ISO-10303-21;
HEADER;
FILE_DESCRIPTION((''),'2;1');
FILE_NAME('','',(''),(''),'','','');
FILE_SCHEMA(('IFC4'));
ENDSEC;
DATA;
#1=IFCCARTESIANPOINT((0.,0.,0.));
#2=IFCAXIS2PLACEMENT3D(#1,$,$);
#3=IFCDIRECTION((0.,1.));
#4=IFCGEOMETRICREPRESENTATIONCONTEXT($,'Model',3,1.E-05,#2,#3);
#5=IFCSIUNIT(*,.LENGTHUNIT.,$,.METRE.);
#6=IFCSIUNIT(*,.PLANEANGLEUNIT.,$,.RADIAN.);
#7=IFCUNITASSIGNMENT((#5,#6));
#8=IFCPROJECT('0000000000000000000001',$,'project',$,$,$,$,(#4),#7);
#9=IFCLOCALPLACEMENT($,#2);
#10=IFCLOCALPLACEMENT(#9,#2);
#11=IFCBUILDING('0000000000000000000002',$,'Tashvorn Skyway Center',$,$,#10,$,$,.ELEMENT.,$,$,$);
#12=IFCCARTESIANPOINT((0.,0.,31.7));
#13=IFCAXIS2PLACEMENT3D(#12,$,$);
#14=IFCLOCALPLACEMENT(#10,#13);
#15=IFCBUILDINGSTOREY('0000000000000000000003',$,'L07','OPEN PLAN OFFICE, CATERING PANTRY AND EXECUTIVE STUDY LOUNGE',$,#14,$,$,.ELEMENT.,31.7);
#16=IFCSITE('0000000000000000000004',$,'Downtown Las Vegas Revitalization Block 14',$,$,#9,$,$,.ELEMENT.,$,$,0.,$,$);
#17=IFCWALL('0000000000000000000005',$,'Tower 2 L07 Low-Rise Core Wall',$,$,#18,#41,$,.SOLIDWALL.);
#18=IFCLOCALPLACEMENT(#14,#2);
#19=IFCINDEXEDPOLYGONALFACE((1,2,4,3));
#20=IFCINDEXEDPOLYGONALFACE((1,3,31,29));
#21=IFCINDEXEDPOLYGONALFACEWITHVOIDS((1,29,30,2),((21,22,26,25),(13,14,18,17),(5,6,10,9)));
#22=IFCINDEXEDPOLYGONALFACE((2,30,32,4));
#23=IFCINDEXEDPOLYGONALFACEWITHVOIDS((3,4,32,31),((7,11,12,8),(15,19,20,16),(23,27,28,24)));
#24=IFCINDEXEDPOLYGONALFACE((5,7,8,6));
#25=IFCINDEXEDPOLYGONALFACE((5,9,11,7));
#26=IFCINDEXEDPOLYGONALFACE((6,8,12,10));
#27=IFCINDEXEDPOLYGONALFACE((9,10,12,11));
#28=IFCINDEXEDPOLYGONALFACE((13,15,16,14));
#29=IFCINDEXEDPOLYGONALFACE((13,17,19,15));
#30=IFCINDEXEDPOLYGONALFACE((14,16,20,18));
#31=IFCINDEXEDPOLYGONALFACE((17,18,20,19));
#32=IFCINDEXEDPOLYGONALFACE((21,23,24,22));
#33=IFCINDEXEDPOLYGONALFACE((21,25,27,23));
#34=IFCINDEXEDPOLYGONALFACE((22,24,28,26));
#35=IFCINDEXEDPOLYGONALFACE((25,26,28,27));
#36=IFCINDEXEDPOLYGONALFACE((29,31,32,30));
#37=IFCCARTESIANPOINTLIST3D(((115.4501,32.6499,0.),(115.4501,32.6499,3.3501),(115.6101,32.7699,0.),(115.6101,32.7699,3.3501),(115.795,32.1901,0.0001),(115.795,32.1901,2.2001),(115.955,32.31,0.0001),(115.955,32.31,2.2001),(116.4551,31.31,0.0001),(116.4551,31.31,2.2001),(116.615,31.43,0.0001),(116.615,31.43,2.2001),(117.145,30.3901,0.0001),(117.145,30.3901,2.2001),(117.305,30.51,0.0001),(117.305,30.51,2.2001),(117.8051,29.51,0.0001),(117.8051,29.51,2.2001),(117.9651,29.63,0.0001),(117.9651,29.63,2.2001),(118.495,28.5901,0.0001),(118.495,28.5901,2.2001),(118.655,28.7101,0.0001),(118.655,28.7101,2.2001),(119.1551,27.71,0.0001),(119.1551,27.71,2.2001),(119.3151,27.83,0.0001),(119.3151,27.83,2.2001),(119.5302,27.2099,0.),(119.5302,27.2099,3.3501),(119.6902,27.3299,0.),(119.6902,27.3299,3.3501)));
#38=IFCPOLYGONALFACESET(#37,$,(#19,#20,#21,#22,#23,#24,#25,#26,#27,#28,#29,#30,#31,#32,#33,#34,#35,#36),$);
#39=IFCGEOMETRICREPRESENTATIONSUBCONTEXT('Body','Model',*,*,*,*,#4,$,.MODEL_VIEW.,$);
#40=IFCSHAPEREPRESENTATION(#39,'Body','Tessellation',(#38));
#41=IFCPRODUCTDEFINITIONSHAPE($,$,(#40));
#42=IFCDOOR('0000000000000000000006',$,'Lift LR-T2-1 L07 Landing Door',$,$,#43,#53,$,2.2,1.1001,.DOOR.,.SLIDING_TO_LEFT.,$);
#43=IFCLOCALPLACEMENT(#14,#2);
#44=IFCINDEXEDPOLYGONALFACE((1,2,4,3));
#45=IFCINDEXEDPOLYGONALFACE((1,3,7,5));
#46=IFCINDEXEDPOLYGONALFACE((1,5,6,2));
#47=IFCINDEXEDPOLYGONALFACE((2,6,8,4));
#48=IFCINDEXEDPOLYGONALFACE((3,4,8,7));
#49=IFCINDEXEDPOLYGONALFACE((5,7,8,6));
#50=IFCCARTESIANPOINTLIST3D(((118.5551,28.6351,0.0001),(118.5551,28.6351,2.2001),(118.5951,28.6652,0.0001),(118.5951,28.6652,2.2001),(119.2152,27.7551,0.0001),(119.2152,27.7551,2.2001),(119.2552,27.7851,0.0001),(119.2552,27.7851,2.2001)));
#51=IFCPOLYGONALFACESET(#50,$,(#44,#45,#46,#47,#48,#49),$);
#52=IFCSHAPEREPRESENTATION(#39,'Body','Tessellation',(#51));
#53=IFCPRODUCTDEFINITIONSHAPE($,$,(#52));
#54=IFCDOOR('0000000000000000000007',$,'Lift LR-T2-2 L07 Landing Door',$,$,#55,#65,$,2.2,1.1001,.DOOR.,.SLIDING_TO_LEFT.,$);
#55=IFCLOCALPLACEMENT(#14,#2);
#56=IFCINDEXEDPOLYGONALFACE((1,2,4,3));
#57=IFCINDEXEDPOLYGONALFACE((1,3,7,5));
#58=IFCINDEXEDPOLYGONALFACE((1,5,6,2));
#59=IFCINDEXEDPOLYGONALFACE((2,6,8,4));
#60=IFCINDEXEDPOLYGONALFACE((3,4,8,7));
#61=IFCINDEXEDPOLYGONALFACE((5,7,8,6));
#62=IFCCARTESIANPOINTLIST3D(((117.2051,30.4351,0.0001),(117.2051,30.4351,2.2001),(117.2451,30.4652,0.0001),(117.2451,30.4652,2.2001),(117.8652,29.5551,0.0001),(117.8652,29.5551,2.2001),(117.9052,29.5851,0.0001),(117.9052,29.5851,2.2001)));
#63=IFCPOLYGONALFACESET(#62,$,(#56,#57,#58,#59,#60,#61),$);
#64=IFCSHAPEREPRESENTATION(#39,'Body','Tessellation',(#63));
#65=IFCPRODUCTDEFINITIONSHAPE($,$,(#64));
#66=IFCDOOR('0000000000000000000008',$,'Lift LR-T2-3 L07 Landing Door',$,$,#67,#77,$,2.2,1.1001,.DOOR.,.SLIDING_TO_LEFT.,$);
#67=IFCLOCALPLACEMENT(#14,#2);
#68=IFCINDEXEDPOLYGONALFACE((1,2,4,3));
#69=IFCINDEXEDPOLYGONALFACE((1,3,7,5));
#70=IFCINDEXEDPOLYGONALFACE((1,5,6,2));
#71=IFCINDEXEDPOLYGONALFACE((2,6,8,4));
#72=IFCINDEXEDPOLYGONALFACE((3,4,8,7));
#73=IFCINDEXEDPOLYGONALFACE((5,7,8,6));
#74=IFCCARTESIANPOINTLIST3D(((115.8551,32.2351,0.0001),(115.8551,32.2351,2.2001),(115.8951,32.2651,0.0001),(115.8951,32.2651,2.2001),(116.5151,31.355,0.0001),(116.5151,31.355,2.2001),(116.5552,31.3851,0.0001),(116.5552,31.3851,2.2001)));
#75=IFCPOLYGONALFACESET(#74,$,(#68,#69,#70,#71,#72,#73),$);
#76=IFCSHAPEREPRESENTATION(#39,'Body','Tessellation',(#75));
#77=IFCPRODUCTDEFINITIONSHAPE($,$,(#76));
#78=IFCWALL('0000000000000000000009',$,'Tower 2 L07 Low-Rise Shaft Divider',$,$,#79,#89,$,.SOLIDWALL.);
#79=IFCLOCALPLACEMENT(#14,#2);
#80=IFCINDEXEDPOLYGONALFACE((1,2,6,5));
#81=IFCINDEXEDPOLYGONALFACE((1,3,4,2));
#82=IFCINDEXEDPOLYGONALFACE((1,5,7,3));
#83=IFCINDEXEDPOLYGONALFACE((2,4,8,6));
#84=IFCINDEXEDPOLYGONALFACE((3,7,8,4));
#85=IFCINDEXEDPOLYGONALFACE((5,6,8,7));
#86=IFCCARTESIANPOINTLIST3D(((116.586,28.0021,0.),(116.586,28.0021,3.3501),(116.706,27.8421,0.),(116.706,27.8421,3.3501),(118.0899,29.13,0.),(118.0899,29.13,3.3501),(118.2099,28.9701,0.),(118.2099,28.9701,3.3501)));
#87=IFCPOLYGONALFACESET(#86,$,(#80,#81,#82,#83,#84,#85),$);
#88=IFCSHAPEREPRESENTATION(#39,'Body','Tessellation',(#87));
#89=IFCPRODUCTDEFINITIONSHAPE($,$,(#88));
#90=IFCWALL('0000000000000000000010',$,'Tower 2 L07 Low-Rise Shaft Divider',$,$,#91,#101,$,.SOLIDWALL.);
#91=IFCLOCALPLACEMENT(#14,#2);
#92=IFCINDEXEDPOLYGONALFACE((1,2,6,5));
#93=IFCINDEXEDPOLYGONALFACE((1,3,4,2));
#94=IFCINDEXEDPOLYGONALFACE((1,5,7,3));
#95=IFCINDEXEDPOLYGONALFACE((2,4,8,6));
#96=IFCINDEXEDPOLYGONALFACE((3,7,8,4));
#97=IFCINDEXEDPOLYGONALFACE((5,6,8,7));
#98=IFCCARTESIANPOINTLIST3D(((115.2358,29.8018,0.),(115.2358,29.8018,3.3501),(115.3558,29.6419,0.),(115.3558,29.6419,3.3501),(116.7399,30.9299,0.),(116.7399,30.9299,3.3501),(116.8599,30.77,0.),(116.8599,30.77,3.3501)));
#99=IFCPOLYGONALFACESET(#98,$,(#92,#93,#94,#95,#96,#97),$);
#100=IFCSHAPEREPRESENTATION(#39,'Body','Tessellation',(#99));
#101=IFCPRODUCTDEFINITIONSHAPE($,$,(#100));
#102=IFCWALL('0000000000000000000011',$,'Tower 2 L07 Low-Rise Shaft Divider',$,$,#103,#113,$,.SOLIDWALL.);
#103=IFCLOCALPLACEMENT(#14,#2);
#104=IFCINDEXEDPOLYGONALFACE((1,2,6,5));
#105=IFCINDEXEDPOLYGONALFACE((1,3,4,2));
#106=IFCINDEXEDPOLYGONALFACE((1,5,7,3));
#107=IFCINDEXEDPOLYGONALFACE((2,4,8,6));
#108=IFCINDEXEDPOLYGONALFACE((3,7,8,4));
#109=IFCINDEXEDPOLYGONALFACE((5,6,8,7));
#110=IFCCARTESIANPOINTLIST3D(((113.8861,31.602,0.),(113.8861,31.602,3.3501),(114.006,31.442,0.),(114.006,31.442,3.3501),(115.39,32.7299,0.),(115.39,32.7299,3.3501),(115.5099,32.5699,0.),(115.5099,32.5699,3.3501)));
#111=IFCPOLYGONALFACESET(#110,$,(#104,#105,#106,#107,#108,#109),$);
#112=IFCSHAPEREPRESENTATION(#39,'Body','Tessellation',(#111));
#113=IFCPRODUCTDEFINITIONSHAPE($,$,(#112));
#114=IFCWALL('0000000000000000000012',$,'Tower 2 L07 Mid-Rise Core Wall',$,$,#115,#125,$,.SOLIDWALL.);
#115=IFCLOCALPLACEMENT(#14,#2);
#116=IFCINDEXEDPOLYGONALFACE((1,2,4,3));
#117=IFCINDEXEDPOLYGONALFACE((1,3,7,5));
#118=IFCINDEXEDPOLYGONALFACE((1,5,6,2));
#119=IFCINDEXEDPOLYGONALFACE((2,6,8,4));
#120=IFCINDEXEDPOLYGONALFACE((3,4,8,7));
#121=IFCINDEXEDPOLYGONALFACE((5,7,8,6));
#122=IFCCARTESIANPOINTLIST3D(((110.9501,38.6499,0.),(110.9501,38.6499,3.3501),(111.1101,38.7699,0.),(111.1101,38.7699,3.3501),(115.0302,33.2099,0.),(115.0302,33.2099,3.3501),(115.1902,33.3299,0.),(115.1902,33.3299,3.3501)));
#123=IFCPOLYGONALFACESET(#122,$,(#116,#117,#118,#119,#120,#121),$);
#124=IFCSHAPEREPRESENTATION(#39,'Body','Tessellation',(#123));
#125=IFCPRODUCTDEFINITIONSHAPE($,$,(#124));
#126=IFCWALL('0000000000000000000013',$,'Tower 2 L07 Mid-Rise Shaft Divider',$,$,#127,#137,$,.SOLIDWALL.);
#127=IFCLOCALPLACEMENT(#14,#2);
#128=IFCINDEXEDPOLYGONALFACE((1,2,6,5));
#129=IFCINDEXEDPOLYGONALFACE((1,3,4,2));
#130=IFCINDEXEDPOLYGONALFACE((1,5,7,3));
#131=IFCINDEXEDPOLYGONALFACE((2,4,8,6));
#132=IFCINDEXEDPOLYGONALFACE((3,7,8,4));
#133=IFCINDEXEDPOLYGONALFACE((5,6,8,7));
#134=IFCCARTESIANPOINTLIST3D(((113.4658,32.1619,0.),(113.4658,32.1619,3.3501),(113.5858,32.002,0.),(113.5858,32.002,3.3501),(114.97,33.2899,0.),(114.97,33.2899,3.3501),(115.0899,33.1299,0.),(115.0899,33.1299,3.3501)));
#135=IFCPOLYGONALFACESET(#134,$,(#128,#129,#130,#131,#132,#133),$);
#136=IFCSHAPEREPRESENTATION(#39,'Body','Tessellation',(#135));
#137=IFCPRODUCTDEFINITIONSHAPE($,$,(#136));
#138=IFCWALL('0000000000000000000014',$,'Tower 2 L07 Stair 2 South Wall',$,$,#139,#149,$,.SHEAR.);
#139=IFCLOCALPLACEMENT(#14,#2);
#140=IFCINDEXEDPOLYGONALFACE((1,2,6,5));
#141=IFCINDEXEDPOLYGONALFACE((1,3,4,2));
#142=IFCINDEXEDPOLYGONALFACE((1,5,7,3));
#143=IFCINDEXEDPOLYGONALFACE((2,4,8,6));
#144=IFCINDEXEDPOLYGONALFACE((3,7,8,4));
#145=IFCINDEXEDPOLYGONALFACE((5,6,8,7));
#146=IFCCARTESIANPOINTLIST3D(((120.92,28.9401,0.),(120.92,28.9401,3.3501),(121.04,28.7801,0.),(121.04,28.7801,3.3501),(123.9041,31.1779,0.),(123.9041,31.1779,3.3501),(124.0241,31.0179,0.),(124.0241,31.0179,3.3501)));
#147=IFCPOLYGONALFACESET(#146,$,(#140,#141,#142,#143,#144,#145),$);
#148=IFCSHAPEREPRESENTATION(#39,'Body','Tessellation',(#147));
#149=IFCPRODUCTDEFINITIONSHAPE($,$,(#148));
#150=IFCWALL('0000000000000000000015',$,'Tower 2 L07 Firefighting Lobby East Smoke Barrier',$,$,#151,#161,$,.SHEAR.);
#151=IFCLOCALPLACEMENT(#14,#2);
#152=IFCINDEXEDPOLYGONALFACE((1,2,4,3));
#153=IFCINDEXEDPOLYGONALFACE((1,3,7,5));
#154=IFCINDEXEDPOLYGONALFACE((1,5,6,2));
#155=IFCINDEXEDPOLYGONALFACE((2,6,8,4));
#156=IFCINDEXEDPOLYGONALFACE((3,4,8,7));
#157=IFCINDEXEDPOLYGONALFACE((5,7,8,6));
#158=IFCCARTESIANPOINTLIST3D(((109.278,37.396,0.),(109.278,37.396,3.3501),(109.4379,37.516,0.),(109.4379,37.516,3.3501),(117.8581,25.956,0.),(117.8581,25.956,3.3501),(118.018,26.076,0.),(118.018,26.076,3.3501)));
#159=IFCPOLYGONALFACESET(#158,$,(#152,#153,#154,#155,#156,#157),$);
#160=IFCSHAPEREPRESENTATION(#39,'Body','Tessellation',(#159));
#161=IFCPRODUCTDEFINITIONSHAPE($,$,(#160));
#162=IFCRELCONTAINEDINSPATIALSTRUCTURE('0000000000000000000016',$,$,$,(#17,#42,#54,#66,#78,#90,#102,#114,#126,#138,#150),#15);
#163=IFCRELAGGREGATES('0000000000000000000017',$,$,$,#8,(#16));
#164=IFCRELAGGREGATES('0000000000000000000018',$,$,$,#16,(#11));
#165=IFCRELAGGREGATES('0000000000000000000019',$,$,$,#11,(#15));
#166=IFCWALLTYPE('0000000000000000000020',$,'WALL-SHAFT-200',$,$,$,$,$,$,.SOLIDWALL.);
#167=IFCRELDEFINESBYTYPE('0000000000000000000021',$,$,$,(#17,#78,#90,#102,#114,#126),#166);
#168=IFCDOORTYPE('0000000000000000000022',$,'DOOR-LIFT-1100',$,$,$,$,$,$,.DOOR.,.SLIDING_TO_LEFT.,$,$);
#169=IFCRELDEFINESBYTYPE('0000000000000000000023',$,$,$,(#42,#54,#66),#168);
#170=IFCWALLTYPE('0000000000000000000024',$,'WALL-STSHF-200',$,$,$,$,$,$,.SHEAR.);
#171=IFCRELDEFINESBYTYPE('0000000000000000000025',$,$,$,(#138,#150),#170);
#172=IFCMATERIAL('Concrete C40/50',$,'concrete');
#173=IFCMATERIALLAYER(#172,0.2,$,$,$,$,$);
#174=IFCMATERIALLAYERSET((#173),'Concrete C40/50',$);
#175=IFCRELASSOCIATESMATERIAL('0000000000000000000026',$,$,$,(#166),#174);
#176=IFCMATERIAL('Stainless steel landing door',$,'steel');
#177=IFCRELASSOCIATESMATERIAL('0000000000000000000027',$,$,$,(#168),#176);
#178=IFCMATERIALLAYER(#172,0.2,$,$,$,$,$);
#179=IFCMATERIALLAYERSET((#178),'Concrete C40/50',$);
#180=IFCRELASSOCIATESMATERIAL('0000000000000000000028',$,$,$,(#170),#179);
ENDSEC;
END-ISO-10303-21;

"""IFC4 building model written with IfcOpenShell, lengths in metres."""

from ifc_helpers import new_model, si_unit, direction, frame, frame_2d, origin, place, context, subcontext, project, spatial, rectangle, extrude, material, layer, layer_set, type_object, element, fill, save


model = new_model("IFC4")

# Units and contexts
model_context = context("Model", 3, precision=1e-05, world=origin(), true_north=direction((0.0, 1.0)))
body_context = subcontext(model_context, "Body", "Model", "MODEL_VIEW")
ifc_project = project(units=[si_unit("LENGTHUNIT", "METRE"), si_unit("PLANEANGLEUNIT", "RADIAN")], contexts=[model_context])

# Site, building, storey
site_placement = place(None, origin())
site = spatial("IfcSite", under=ifc_project, at=site_placement, Name="Downtown Las Vegas Revitalization Block 14", CompositionType="ELEMENT", RefElevation=0.0)
building_placement = place(site_placement, origin())
building = spatial("IfcBuilding", under=site, at=building_placement, Name="Tashvorn Skyway Center", CompositionType="ELEMENT")
storey_placement = place(building_placement, frame((0.0, 0.0, 31.7)))
storey = spatial("IfcBuildingStorey", under=building, at=storey_placement, Name="L07", Description="OPEN PLAN OFFICE, CATERING PANTRY AND EXECUTIVE STUDY LOUNGE", CompositionType="ELEMENT", Elevation=31.7)

# Wall, openings, doors
ifc_material_1 = material(Name="Concrete C40/50", Category="concrete")
ifc_layer_1 = layer(ifc_material_1, 0.2)
ifc_layer_set_1 = layer_set([ifc_layer_1], Name="Concrete C40/50")
wall_type_1 = type_object("IfcWallType", Name="WALL-SHAFT-200", PredefinedType="SOLIDWALL", material=ifc_layer_set_1)
wall_1_placement = place(storey_placement, frame((119.6101, 27.27, 0.0), z_axis=(0.0, 0.0, 1.0), x_axis=(-0.600011, 0.799991, 0.0)))
wall_1 = element("IfcWall", 1, at=wall_1_placement, inside=storey, type_object=wall_type_1, Name="Tower 2 L07 Low-Rise Core Wall", PredefinedType="SOLIDWALL", context=body_context, shape_type="SweptSolid", body=[
    extrude(rectangle(XDim=6.8, YDim=0.2, at=frame_2d((3.3999, 0.0))), origin(), (0.0, 0.0, 1.0), 3.3501),
])
opening_1_placement = place(wall_1_placement, frame((0.625, 0.0, 0.0)))
opening_1 = element("IfcOpeningElement", 2, at=opening_1_placement, cuts=wall_1, PredefinedType="OPENING", context=body_context, shape_type="SweptSolid", body=[
    extrude(rectangle(XDim=1.1001, YDim=2.2, at=frame_2d((0.55, 1.1001))), frame((0.0, 0.1099, 0.0), z_axis=(0.0, -1.0, 0.0), x_axis=(1.0, 0.0, 0.0)), (0.0, 0.0, 1.0), 0.22),
])
opening_2_placement = place(wall_1_placement, frame((2.875, 0.0, 0.0)))
opening_2 = element("IfcOpeningElement", 3, at=opening_2_placement, cuts=wall_1, PredefinedType="OPENING", context=body_context, shape_type="SweptSolid", body=[
    extrude(rectangle(XDim=1.1001, YDim=2.2, at=frame_2d((0.55, 1.1001))), frame((0.0, 0.1099, 0.0), z_axis=(0.0, -1.0, 0.0), x_axis=(1.0, 0.0, 0.0)), (0.0, 0.0, 1.0), 0.22),
])
opening_3_placement = place(wall_1_placement, frame((5.125, 0.0, 0.0)))
opening_3 = element("IfcOpeningElement", 4, at=opening_3_placement, cuts=wall_1, PredefinedType="OPENING", context=body_context, shape_type="SweptSolid", body=[
    extrude(rectangle(XDim=1.1001, YDim=2.2, at=frame_2d((0.55, 1.1001))), frame((0.0, 0.1099, 0.0), z_axis=(0.0, -1.0, 0.0), x_axis=(1.0, 0.0, 0.0)), (0.0, 0.0, 1.0), 0.22),
])
ifc_material_2 = material(Name="Stainless steel landing door", Category="steel")
door_type = type_object("IfcDoorType", Name="DOOR-LIFT-1100", OperationType="SLIDING_TO_LEFT", PredefinedType="DOOR", material=ifc_material_2)
door_1_placement = place(opening_1_placement, origin())
door_1 = element("IfcDoor", 5, at=door_1_placement, inside=storey, type_object=door_type, Name="Lift LR-T2-1 L07 Landing Door", OperationType="SLIDING_TO_LEFT", OverallHeight=2.2, OverallWidth=1.1001, PredefinedType="DOOR", context=body_context, shape_type="SweptSolid", body=[
    extrude(rectangle(XDim=1.1001, YDim=2.2, at=frame_2d((0.55, 1.1001))), frame((0.0, 0.0249, 0.0), z_axis=(0.0, -1.0, 0.0), x_axis=(1.0, 0.0, 0.0)), (0.0, 0.0, 1.0), 0.05),
])
fill(opening_1, door_1)
door_2_placement = place(opening_2_placement, origin())
door_2 = element("IfcDoor", 6, at=door_2_placement, inside=storey, type_object=door_type, Name="Lift LR-T2-2 L07 Landing Door", OperationType="SLIDING_TO_LEFT", OverallHeight=2.2, OverallWidth=1.1001, PredefinedType="DOOR", context=body_context, shape_type="SweptSolid", body=[
    extrude(rectangle(XDim=1.1001, YDim=2.2, at=frame_2d((0.55, 1.1001))), frame((0.0, 0.0249, 0.0), z_axis=(0.0, -1.0, 0.0), x_axis=(1.0, 0.0, 0.0)), (0.0, 0.0, 1.0), 0.05),
])
fill(opening_2, door_2)
door_3_placement = place(opening_3_placement, origin())
door_3 = element("IfcDoor", 7, at=door_3_placement, inside=storey, type_object=door_type, Name="Lift LR-T2-3 L07 Landing Door", OperationType="SLIDING_TO_LEFT", OverallHeight=2.2, OverallWidth=1.1001, PredefinedType="DOOR", context=body_context, shape_type="SweptSolid", body=[
    extrude(rectangle(XDim=1.1001, YDim=2.2, at=frame_2d((0.55, 1.1001))), frame((0.0, 0.0249, 0.0), z_axis=(0.0, -1.0, 0.0), x_axis=(1.0, 0.0, 0.0)), (0.0, 0.0, 1.0), 0.05),
])
fill(opening_3, door_3)

# Walls
wall_2_placement = place(storey_placement, frame((116.646, 27.9221, 0.0), z_axis=(0.0, 0.0, 1.0), x_axis=(0.8, 0.6, 0.0)))
element("IfcWall", 8, at=wall_2_placement, inside=storey, type_object=wall_type_1, Name="Tower 2 L07 Low-Rise Shaft Divider", PredefinedType="SOLIDWALL", context=body_context, shape_type="SweptSolid", body=[
    extrude(rectangle(XDim=1.8799, YDim=0.2, at=frame_2d((0.9399, 0.0))), origin(), (0.0, 0.0, 1.0), 3.3501),
])
wall_3_placement = place(storey_placement, frame((115.2959, 29.7219, 0.0), z_axis=(0.0, 0.0, 1.0), x_axis=(0.799984, 0.600021, 0.0)))
element("IfcWall", 9, at=wall_3_placement, inside=storey, type_object=wall_type_1, Name="Tower 2 L07 Low-Rise Shaft Divider", PredefinedType="SOLIDWALL", context=body_context, shape_type="SweptSolid", body=[
    extrude(rectangle(XDim=1.8801, YDim=0.2, at=frame_2d((0.9399, 0.0))), origin(), (0.0, 0.0, 1.0), 3.3501),
])
wall_4_placement = place(storey_placement, frame((113.946, 31.522, 0.0), z_axis=(0.0, 0.0, 1.0), x_axis=(0.8, 0.6, 0.0)))
element("IfcWall", 10, at=wall_4_placement, inside=storey, type_object=wall_type_1, Name="Tower 2 L07 Low-Rise Shaft Divider", PredefinedType="SOLIDWALL", context=body_context, shape_type="SweptSolid", body=[
    extrude(rectangle(XDim=1.8799, YDim=0.2, at=frame_2d((0.9399, 0.0))), origin(), (0.0, 0.0, 1.0), 3.3501),
])
wall_5_placement = place(storey_placement, frame((115.1101, 33.27, 0.0), z_axis=(0.0, 0.0, 1.0), x_axis=(-0.600011, 0.799991, 0.0)))
element("IfcWall", 11, at=wall_5_placement, inside=storey, type_object=wall_type_1, Name="Tower 2 L07 Mid-Rise Core Wall", PredefinedType="SOLIDWALL", context=body_context, shape_type="SweptSolid", body=[
    extrude(rectangle(XDim=6.8, YDim=0.2, at=frame_2d((3.3999, 0.0))), origin(), (0.0, 0.0, 1.0), 3.3501),
])
wall_6_placement = place(storey_placement, frame((113.5259, 32.082, 0.0), z_axis=(0.0, 0.0, 1.0), x_axis=(0.800047, 0.599938, 0.0)))
element("IfcWall", 12, at=wall_6_placement, inside=storey, type_object=wall_type_1, Name="Tower 2 L07 Mid-Rise Shaft Divider", PredefinedType="SOLIDWALL", context=body_context, shape_type="SweptSolid", body=[
    extrude(rectangle(XDim=1.8801, YDim=0.2, at=frame_2d((0.9399, 0.0))), origin(), (0.0, 0.0, 1.0), 3.3501),
])
ifc_layer_2 = layer(ifc_material_1, 0.2)
ifc_layer_set_2 = layer_set([ifc_layer_2], Name="Concrete C40/50")
wall_type_2 = type_object("IfcWallType", Name="WALL-STSHF-200", PredefinedType="SHEAR", material=ifc_layer_set_2)
wall_7_placement = place(storey_placement, frame((120.98, 28.8601, 0.0), z_axis=(0.0, 0.0, 1.0), x_axis=(0.800039, 0.599948, 0.0)))
element("IfcWall", 13, at=wall_7_placement, inside=storey, type_object=wall_type_2, Name="Tower 2 L07 Stair 2 South Wall", PredefinedType="SHEAR", context=body_context, shape_type="SweptSolid", body=[
    extrude(rectangle(XDim=3.73, YDim=0.2, at=frame_2d((1.865, 0.0))), origin(), (0.0, 0.0, 1.0), 3.3501),
])
wall_8_placement = place(storey_placement, frame((117.938, 26.0161, 0.0), z_axis=(0.0, 0.0, 1.0), x_axis=(-0.600005, 0.799996, 0.0)))
element("IfcWall", 14, at=wall_8_placement, inside=storey, type_object=wall_type_2, Name="Tower 2 L07 Firefighting Lobby East Smoke Barrier", PredefinedType="SHEAR", context=body_context, shape_type="SweptSolid", body=[
    extrude(rectangle(XDim=14.3, YDim=0.2, at=frame_2d((7.1499, 0.0))), origin(), (0.0, 0.0, 1.0), 3.3501),
])

save(model, "model.ifc")
